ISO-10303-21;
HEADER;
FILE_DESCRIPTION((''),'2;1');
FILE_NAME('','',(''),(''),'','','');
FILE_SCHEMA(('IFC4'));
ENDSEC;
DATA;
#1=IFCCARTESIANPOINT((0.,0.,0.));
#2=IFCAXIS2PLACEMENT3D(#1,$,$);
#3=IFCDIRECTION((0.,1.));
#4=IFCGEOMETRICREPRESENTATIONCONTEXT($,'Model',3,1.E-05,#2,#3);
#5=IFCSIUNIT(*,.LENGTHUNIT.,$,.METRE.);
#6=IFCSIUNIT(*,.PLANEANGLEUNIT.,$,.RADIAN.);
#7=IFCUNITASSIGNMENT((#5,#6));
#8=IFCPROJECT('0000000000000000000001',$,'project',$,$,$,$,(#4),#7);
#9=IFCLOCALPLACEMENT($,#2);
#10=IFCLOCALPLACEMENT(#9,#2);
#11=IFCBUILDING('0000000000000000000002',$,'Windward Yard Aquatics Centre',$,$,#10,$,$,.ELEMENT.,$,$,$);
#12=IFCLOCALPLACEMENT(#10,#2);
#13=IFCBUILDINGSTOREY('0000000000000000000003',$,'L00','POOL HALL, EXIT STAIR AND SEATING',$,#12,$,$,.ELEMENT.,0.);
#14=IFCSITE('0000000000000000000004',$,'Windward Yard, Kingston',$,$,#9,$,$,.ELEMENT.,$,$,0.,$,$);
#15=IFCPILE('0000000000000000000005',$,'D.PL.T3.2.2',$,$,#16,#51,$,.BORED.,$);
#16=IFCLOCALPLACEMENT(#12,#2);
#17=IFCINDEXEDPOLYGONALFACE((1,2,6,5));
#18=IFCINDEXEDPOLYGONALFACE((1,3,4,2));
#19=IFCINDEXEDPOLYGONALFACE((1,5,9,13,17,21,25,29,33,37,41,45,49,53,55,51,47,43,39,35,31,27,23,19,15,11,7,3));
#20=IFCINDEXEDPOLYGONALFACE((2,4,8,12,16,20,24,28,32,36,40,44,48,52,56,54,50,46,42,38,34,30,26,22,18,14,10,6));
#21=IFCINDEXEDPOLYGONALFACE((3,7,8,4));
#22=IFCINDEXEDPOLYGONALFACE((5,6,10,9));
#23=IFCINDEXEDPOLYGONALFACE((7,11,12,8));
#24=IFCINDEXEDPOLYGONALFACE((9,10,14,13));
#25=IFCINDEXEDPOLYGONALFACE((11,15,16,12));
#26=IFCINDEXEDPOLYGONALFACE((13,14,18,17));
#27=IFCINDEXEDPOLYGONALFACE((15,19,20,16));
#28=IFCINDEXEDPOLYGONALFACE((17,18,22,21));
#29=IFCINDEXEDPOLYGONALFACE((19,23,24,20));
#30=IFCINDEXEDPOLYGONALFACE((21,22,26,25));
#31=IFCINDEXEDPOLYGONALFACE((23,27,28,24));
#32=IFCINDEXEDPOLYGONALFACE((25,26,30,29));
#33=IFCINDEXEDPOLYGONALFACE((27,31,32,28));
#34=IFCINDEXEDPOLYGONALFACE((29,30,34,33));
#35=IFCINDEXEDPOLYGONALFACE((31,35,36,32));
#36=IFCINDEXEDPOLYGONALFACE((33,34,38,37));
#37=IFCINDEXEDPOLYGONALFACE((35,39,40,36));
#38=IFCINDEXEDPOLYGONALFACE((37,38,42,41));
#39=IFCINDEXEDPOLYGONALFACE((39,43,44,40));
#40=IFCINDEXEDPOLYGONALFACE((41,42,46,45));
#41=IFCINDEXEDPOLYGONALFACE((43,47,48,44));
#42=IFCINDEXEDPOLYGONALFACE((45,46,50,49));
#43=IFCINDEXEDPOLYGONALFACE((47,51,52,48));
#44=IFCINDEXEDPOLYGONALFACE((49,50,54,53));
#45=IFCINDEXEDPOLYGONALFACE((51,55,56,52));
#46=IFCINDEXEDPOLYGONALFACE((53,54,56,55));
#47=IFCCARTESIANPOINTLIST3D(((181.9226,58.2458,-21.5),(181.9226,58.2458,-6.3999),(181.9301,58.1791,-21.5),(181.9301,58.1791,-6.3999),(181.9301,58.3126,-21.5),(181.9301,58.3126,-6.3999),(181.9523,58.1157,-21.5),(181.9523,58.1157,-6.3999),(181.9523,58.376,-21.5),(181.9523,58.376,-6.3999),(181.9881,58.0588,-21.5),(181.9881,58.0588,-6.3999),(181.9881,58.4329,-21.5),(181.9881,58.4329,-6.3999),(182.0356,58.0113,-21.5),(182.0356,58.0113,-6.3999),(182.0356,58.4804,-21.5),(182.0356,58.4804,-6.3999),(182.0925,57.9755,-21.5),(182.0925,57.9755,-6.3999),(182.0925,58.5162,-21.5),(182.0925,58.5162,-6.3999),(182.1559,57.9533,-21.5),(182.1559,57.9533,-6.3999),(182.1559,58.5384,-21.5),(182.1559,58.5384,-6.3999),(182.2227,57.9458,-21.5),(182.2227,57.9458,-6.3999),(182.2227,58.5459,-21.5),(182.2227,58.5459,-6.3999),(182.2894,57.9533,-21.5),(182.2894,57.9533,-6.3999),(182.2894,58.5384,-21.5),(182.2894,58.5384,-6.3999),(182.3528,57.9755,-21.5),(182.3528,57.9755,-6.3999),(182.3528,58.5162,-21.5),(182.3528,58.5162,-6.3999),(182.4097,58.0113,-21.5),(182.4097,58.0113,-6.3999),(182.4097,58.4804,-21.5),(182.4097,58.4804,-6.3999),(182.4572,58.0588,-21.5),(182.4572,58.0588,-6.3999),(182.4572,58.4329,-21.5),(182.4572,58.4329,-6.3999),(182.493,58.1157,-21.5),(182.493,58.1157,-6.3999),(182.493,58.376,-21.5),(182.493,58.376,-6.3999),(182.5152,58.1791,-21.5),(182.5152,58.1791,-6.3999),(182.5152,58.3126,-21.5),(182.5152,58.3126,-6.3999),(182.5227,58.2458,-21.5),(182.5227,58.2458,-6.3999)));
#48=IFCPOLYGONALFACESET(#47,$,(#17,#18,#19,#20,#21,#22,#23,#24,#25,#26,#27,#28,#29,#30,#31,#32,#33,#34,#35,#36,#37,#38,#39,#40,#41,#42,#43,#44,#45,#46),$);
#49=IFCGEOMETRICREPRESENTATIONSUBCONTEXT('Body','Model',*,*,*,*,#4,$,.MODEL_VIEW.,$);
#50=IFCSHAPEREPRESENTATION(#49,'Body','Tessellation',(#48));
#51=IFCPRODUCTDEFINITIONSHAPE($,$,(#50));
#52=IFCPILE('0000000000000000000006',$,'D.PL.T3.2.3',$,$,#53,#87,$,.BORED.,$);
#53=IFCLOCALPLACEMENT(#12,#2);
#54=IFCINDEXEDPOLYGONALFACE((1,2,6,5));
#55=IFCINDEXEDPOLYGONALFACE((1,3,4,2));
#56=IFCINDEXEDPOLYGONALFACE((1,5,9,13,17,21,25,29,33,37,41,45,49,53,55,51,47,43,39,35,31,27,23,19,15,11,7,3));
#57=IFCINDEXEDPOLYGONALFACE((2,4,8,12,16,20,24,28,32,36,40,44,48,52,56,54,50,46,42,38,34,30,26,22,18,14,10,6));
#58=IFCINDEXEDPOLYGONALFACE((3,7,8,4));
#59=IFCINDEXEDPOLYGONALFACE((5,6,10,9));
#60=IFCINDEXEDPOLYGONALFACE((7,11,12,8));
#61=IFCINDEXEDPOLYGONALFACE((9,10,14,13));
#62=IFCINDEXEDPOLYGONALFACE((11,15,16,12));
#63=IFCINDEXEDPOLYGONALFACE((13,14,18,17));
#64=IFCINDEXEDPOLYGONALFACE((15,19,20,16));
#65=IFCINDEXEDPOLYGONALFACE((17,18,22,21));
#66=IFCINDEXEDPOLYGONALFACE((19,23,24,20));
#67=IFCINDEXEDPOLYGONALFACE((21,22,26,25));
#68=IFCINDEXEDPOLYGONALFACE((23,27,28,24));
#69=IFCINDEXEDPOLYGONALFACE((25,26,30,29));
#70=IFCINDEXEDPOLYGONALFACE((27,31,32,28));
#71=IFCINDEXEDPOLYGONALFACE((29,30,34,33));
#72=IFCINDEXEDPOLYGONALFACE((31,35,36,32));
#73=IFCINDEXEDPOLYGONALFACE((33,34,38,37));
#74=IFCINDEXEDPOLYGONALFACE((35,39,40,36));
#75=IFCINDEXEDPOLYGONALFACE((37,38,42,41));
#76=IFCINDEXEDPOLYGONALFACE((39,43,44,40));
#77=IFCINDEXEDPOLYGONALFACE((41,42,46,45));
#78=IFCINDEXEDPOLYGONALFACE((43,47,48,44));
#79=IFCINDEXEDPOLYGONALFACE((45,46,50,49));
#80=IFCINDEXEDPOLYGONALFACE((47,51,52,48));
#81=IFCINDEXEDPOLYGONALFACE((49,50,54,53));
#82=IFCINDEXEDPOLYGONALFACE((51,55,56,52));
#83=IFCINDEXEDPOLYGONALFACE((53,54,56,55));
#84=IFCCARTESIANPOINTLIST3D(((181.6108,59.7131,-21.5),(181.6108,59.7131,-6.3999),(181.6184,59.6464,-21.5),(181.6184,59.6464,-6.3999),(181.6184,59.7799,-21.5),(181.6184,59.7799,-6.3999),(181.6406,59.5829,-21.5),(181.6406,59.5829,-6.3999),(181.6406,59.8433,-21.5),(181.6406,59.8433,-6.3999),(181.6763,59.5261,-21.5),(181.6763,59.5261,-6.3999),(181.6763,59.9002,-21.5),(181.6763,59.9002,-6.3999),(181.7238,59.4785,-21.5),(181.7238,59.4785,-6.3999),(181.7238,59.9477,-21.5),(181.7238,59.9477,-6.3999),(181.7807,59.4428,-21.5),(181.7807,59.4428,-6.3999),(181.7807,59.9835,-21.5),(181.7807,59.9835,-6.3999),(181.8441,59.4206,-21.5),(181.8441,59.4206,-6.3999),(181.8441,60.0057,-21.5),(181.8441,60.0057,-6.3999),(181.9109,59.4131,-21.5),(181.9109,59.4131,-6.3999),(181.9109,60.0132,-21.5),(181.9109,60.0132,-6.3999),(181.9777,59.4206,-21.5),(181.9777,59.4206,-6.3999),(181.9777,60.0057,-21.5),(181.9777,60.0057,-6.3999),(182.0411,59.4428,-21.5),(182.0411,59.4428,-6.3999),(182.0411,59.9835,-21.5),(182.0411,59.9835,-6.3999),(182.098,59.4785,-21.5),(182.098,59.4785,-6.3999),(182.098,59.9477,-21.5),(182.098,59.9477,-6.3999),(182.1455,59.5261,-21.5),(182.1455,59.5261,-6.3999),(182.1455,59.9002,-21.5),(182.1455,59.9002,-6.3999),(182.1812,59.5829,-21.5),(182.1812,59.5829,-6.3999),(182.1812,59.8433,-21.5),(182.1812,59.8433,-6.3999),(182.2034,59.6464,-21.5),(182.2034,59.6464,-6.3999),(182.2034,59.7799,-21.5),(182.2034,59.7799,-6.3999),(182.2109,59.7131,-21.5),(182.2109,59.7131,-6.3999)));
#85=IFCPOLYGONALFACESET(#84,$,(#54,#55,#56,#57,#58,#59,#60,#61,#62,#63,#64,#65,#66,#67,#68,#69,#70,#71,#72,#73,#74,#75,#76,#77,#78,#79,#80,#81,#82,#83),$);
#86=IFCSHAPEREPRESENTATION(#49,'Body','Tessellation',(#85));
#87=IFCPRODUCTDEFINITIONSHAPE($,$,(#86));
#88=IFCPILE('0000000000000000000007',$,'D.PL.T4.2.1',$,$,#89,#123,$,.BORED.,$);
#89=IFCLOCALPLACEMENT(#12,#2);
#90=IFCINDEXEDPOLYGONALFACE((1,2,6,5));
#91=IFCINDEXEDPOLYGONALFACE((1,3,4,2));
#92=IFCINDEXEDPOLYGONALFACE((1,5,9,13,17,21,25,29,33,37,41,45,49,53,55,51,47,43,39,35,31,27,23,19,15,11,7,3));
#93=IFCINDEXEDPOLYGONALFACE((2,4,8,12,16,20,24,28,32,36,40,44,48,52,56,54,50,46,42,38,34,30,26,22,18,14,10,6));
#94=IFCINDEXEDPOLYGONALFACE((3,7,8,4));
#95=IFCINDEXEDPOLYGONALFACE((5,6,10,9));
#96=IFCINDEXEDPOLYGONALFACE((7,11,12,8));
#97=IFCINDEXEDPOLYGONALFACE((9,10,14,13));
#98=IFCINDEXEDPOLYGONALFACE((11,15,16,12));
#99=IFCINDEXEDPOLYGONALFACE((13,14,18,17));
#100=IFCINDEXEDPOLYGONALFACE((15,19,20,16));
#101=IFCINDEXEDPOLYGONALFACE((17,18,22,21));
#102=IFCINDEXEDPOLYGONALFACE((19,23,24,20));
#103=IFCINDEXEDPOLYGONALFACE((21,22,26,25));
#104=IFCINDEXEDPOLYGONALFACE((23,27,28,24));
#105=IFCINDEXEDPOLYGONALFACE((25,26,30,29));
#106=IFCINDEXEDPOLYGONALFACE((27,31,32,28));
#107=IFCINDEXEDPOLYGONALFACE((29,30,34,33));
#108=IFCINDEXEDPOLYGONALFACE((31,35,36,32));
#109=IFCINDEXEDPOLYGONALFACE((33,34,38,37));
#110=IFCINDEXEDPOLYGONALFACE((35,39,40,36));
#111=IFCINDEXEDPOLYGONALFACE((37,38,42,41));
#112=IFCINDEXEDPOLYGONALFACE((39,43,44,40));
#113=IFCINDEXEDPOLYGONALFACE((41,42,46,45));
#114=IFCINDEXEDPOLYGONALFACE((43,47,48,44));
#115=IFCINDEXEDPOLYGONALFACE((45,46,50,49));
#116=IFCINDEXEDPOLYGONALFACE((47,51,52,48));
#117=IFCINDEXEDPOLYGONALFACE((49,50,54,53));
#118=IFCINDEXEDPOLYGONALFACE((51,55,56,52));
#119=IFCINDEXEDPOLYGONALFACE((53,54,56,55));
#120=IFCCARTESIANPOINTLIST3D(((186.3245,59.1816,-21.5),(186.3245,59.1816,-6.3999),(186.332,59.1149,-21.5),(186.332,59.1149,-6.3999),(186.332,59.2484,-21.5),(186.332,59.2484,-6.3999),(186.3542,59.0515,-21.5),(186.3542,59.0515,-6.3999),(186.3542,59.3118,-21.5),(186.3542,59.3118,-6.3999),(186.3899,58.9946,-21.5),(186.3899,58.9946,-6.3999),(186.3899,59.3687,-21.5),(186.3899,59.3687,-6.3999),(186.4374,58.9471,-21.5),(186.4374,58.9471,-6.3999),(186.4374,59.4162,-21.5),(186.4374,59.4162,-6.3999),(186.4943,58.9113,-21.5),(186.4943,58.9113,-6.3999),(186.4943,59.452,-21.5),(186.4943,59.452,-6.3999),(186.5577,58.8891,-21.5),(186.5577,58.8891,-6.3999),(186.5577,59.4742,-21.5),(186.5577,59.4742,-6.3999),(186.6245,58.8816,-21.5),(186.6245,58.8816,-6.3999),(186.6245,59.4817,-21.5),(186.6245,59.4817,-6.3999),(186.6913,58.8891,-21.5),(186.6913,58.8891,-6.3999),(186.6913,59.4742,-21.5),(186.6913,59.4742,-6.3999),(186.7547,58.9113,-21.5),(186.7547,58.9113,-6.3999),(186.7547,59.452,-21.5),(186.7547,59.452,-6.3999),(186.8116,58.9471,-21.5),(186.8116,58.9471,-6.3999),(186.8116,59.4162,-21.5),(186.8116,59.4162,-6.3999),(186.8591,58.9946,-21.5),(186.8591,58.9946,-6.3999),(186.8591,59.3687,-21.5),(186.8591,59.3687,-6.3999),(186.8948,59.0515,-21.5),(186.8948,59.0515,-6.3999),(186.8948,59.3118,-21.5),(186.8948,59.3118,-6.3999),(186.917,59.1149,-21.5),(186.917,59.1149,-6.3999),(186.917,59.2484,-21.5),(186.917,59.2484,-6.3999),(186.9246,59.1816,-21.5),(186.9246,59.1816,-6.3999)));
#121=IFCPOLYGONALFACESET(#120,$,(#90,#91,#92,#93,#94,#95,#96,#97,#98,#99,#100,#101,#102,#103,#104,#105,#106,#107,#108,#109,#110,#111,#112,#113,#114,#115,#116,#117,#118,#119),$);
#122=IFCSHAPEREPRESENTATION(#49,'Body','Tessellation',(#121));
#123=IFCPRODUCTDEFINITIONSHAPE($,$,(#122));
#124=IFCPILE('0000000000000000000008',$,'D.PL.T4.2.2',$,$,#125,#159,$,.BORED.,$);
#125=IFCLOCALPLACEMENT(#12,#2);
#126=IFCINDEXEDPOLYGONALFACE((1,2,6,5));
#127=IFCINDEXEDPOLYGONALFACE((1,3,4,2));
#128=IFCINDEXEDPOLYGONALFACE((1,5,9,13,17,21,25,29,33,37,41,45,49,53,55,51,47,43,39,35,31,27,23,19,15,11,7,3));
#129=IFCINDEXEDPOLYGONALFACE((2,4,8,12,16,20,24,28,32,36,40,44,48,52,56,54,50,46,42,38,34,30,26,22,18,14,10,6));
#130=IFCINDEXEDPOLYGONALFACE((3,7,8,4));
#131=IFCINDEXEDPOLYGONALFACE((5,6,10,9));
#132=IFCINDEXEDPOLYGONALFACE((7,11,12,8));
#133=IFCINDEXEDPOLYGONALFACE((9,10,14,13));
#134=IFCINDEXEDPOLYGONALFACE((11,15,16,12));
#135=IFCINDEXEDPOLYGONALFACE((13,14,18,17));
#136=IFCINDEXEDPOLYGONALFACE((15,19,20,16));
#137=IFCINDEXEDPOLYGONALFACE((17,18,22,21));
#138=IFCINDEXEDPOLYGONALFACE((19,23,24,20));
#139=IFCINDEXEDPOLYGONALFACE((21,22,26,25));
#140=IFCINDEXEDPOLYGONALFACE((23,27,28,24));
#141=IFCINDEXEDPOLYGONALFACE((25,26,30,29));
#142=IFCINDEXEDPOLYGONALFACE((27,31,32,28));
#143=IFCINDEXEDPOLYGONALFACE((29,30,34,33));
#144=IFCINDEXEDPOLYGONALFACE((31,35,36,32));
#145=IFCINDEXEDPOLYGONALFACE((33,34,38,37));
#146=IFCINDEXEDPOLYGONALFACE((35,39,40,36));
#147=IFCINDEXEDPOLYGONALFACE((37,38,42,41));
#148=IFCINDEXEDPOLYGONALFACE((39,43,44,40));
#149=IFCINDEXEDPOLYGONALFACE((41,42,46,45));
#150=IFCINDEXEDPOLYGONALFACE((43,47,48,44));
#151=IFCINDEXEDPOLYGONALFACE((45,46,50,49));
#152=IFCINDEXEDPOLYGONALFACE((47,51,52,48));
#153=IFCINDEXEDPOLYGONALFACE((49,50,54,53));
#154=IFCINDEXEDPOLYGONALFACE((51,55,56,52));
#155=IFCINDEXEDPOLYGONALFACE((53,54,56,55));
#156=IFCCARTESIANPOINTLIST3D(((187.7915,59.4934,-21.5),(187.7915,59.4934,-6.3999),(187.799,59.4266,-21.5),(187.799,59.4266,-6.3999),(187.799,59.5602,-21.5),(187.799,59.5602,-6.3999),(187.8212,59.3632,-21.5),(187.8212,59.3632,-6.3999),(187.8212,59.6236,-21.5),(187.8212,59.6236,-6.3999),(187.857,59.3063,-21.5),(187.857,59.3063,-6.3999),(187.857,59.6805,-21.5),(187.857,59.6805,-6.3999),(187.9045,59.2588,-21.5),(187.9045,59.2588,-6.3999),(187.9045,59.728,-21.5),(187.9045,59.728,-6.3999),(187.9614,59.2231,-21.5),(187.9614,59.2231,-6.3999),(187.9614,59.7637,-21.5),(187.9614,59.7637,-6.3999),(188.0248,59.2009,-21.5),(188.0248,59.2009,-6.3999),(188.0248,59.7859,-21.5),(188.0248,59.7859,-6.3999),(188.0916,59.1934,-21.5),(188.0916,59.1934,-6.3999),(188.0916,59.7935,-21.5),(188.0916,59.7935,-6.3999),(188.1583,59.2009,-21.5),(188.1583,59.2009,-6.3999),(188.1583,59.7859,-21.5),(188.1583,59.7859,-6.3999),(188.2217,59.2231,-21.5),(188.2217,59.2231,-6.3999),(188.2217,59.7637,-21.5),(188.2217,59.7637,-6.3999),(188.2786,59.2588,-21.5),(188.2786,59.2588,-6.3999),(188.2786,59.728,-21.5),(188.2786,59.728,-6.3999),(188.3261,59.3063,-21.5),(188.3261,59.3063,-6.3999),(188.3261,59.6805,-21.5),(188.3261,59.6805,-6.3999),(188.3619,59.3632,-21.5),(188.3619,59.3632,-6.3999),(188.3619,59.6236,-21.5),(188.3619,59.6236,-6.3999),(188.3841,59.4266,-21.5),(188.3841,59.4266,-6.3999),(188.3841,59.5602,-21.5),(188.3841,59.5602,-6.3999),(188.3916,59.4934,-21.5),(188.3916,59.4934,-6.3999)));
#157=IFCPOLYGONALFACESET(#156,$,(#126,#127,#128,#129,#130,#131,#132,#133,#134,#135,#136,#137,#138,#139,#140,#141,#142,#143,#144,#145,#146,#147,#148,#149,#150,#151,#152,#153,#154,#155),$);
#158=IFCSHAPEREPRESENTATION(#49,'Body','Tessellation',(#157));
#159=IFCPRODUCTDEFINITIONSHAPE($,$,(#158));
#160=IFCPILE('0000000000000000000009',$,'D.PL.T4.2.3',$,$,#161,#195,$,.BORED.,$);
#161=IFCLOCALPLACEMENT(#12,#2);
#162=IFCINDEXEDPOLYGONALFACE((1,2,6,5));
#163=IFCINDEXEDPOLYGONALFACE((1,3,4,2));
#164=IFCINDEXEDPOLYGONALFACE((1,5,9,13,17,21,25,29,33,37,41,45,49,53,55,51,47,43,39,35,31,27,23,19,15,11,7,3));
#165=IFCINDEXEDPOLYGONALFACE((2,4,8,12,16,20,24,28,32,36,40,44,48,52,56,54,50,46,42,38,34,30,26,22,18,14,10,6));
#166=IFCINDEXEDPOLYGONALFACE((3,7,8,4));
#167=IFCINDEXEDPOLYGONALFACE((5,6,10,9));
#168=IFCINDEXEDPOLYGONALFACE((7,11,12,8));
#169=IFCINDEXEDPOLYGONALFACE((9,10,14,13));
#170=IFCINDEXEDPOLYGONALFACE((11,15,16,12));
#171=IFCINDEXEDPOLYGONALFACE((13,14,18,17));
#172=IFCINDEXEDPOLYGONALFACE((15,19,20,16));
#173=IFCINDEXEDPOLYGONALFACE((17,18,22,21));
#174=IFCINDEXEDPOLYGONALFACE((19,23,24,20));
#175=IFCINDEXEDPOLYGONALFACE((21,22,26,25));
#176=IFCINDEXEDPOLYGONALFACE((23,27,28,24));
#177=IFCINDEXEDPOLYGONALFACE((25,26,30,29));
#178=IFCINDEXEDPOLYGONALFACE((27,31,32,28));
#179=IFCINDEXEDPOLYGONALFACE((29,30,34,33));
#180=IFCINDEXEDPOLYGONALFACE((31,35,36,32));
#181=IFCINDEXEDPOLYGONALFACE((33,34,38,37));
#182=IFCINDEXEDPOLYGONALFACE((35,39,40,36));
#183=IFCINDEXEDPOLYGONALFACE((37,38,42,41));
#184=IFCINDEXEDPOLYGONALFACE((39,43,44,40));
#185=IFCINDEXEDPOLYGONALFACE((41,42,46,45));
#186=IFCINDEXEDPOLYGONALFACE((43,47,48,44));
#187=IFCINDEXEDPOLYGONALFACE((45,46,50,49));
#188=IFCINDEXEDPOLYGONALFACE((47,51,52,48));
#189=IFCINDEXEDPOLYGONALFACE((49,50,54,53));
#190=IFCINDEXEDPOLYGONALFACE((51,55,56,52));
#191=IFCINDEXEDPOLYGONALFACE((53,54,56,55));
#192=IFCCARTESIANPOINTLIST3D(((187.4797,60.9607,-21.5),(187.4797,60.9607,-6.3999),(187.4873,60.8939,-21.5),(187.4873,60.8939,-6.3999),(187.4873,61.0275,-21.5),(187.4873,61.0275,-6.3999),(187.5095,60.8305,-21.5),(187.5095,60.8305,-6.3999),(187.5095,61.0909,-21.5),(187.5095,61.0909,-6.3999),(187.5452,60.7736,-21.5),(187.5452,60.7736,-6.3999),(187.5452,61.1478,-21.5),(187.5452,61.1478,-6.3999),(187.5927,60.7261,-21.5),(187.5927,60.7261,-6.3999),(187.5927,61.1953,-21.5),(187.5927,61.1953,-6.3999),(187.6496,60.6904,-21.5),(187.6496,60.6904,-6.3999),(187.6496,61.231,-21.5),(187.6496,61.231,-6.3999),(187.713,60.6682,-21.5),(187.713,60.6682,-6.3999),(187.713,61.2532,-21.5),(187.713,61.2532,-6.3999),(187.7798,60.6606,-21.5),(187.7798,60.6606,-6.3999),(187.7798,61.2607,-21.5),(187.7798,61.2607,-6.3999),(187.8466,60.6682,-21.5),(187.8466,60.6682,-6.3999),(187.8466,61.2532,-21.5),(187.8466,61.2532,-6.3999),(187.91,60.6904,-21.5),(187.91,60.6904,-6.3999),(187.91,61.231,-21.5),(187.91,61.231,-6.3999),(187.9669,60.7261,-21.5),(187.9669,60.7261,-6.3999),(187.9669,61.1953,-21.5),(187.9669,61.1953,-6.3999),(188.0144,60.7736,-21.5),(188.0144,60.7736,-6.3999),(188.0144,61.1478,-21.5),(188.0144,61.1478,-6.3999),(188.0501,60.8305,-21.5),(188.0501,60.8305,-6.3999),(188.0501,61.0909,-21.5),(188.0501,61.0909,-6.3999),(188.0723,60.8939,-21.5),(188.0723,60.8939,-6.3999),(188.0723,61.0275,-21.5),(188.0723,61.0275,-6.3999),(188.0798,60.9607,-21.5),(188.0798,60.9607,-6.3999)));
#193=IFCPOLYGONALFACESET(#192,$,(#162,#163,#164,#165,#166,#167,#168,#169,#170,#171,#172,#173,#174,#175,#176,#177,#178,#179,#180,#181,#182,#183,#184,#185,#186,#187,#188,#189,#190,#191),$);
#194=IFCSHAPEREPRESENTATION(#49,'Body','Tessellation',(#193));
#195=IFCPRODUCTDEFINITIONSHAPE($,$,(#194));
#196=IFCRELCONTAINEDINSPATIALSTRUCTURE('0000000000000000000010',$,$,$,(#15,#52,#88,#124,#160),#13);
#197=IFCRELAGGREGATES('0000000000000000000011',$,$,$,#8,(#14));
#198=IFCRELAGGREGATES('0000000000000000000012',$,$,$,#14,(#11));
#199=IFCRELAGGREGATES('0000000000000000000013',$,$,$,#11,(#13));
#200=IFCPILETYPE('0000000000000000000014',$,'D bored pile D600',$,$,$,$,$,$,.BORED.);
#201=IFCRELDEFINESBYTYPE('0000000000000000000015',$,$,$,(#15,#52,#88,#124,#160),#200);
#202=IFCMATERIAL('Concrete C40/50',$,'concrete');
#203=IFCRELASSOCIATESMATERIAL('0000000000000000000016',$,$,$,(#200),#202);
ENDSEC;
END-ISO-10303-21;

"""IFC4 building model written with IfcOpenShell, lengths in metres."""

from ifc_helpers import new_model, si_unit, direction, frame, origin, origin_2d, place, context, subcontext, project, spatial, circle, extrude, material, material_profile, profile_set, type_object, element, save


model = new_model("IFC4")

# Units and contexts
model_context = context("Model", 3, precision=1e-05, world=origin(), true_north=direction((0.0, 1.0)))
body_context = subcontext(model_context, "Body", "Model", "MODEL_VIEW")
ifc_project = project(units=[si_unit("LENGTHUNIT", "METRE"), si_unit("PLANEANGLEUNIT", "RADIAN")], contexts=[model_context])

# Site, building, storey
site_placement = place(None, origin())
site = spatial("IfcSite", under=ifc_project, at=site_placement, Name="Windward Yard, Kingston", CompositionType="ELEMENT", RefElevation=0.0)
building_placement = place(site_placement, origin())
building = spatial("IfcBuilding", under=site, at=building_placement, Name="Windward Yard Aquatics Centre", CompositionType="ELEMENT")
storey_placement = place(building_placement, origin())
storey = spatial("IfcBuildingStorey", under=building, at=storey_placement, Name="L00", Description="POOL HALL, EXIT STAIR AND SEATING", CompositionType="ELEMENT", Elevation=0.0)

# Piles
ifc_material_1 = material(Name="Concrete C40/50", Category="concrete")
ifc_material_profile_1 = material_profile(ifc_material_1, circle(Radius=0.3, at=origin_2d()), Name="RC D600")
ifc_profile_set_1 = profile_set([ifc_material_profile_1], Name="Concrete C40/50")
pile_type = type_object("IfcPileType", Name="D bored pile D600", PredefinedType="BORED", material=ifc_profile_set_1)
for number, where, z_axis, x_axis, name in (
    (1, (182.2227, 58.2458, -6.3999), (0.0, 0.0, -1.0), (1.0, 0.0, 0.0), "D.PL.T3.2.2"),
    (2, (181.9109, 59.7131, -6.3999), (0.0, 0.0, -1.0), (1.0, 0.0, 0.0), "D.PL.T3.2.3"),
    (3, (186.6245, 59.1816, -6.3999), (0.0, 0.0, -1.0), (1.0, 0.0, 0.0), "D.PL.T4.2.1"),
    (4, (188.0916, 59.4934, -6.3999), (0.0, 0.0, -1.0), (1.0, 0.0, 0.0), "D.PL.T4.2.2"),
    (5, (187.7798, 60.9607, -6.3999), (0.0, 0.0, -1.0), (1.0, 0.0, 0.0), "D.PL.T4.2.3"),
):
    element("IfcPile", number, at=place(storey_placement, frame(where, z_axis=z_axis, x_axis=x_axis)), inside=storey, type_object=pile_type, Name=name, PredefinedType="BORED", context=body_context, shape_type="SweptSolid", body=[
        extrude(circle(Radius=0.3, at=origin_2d()), origin(), (0.0, 0.0, 1.0), 15.1001),
    ])

save(model, "model.ifc")
